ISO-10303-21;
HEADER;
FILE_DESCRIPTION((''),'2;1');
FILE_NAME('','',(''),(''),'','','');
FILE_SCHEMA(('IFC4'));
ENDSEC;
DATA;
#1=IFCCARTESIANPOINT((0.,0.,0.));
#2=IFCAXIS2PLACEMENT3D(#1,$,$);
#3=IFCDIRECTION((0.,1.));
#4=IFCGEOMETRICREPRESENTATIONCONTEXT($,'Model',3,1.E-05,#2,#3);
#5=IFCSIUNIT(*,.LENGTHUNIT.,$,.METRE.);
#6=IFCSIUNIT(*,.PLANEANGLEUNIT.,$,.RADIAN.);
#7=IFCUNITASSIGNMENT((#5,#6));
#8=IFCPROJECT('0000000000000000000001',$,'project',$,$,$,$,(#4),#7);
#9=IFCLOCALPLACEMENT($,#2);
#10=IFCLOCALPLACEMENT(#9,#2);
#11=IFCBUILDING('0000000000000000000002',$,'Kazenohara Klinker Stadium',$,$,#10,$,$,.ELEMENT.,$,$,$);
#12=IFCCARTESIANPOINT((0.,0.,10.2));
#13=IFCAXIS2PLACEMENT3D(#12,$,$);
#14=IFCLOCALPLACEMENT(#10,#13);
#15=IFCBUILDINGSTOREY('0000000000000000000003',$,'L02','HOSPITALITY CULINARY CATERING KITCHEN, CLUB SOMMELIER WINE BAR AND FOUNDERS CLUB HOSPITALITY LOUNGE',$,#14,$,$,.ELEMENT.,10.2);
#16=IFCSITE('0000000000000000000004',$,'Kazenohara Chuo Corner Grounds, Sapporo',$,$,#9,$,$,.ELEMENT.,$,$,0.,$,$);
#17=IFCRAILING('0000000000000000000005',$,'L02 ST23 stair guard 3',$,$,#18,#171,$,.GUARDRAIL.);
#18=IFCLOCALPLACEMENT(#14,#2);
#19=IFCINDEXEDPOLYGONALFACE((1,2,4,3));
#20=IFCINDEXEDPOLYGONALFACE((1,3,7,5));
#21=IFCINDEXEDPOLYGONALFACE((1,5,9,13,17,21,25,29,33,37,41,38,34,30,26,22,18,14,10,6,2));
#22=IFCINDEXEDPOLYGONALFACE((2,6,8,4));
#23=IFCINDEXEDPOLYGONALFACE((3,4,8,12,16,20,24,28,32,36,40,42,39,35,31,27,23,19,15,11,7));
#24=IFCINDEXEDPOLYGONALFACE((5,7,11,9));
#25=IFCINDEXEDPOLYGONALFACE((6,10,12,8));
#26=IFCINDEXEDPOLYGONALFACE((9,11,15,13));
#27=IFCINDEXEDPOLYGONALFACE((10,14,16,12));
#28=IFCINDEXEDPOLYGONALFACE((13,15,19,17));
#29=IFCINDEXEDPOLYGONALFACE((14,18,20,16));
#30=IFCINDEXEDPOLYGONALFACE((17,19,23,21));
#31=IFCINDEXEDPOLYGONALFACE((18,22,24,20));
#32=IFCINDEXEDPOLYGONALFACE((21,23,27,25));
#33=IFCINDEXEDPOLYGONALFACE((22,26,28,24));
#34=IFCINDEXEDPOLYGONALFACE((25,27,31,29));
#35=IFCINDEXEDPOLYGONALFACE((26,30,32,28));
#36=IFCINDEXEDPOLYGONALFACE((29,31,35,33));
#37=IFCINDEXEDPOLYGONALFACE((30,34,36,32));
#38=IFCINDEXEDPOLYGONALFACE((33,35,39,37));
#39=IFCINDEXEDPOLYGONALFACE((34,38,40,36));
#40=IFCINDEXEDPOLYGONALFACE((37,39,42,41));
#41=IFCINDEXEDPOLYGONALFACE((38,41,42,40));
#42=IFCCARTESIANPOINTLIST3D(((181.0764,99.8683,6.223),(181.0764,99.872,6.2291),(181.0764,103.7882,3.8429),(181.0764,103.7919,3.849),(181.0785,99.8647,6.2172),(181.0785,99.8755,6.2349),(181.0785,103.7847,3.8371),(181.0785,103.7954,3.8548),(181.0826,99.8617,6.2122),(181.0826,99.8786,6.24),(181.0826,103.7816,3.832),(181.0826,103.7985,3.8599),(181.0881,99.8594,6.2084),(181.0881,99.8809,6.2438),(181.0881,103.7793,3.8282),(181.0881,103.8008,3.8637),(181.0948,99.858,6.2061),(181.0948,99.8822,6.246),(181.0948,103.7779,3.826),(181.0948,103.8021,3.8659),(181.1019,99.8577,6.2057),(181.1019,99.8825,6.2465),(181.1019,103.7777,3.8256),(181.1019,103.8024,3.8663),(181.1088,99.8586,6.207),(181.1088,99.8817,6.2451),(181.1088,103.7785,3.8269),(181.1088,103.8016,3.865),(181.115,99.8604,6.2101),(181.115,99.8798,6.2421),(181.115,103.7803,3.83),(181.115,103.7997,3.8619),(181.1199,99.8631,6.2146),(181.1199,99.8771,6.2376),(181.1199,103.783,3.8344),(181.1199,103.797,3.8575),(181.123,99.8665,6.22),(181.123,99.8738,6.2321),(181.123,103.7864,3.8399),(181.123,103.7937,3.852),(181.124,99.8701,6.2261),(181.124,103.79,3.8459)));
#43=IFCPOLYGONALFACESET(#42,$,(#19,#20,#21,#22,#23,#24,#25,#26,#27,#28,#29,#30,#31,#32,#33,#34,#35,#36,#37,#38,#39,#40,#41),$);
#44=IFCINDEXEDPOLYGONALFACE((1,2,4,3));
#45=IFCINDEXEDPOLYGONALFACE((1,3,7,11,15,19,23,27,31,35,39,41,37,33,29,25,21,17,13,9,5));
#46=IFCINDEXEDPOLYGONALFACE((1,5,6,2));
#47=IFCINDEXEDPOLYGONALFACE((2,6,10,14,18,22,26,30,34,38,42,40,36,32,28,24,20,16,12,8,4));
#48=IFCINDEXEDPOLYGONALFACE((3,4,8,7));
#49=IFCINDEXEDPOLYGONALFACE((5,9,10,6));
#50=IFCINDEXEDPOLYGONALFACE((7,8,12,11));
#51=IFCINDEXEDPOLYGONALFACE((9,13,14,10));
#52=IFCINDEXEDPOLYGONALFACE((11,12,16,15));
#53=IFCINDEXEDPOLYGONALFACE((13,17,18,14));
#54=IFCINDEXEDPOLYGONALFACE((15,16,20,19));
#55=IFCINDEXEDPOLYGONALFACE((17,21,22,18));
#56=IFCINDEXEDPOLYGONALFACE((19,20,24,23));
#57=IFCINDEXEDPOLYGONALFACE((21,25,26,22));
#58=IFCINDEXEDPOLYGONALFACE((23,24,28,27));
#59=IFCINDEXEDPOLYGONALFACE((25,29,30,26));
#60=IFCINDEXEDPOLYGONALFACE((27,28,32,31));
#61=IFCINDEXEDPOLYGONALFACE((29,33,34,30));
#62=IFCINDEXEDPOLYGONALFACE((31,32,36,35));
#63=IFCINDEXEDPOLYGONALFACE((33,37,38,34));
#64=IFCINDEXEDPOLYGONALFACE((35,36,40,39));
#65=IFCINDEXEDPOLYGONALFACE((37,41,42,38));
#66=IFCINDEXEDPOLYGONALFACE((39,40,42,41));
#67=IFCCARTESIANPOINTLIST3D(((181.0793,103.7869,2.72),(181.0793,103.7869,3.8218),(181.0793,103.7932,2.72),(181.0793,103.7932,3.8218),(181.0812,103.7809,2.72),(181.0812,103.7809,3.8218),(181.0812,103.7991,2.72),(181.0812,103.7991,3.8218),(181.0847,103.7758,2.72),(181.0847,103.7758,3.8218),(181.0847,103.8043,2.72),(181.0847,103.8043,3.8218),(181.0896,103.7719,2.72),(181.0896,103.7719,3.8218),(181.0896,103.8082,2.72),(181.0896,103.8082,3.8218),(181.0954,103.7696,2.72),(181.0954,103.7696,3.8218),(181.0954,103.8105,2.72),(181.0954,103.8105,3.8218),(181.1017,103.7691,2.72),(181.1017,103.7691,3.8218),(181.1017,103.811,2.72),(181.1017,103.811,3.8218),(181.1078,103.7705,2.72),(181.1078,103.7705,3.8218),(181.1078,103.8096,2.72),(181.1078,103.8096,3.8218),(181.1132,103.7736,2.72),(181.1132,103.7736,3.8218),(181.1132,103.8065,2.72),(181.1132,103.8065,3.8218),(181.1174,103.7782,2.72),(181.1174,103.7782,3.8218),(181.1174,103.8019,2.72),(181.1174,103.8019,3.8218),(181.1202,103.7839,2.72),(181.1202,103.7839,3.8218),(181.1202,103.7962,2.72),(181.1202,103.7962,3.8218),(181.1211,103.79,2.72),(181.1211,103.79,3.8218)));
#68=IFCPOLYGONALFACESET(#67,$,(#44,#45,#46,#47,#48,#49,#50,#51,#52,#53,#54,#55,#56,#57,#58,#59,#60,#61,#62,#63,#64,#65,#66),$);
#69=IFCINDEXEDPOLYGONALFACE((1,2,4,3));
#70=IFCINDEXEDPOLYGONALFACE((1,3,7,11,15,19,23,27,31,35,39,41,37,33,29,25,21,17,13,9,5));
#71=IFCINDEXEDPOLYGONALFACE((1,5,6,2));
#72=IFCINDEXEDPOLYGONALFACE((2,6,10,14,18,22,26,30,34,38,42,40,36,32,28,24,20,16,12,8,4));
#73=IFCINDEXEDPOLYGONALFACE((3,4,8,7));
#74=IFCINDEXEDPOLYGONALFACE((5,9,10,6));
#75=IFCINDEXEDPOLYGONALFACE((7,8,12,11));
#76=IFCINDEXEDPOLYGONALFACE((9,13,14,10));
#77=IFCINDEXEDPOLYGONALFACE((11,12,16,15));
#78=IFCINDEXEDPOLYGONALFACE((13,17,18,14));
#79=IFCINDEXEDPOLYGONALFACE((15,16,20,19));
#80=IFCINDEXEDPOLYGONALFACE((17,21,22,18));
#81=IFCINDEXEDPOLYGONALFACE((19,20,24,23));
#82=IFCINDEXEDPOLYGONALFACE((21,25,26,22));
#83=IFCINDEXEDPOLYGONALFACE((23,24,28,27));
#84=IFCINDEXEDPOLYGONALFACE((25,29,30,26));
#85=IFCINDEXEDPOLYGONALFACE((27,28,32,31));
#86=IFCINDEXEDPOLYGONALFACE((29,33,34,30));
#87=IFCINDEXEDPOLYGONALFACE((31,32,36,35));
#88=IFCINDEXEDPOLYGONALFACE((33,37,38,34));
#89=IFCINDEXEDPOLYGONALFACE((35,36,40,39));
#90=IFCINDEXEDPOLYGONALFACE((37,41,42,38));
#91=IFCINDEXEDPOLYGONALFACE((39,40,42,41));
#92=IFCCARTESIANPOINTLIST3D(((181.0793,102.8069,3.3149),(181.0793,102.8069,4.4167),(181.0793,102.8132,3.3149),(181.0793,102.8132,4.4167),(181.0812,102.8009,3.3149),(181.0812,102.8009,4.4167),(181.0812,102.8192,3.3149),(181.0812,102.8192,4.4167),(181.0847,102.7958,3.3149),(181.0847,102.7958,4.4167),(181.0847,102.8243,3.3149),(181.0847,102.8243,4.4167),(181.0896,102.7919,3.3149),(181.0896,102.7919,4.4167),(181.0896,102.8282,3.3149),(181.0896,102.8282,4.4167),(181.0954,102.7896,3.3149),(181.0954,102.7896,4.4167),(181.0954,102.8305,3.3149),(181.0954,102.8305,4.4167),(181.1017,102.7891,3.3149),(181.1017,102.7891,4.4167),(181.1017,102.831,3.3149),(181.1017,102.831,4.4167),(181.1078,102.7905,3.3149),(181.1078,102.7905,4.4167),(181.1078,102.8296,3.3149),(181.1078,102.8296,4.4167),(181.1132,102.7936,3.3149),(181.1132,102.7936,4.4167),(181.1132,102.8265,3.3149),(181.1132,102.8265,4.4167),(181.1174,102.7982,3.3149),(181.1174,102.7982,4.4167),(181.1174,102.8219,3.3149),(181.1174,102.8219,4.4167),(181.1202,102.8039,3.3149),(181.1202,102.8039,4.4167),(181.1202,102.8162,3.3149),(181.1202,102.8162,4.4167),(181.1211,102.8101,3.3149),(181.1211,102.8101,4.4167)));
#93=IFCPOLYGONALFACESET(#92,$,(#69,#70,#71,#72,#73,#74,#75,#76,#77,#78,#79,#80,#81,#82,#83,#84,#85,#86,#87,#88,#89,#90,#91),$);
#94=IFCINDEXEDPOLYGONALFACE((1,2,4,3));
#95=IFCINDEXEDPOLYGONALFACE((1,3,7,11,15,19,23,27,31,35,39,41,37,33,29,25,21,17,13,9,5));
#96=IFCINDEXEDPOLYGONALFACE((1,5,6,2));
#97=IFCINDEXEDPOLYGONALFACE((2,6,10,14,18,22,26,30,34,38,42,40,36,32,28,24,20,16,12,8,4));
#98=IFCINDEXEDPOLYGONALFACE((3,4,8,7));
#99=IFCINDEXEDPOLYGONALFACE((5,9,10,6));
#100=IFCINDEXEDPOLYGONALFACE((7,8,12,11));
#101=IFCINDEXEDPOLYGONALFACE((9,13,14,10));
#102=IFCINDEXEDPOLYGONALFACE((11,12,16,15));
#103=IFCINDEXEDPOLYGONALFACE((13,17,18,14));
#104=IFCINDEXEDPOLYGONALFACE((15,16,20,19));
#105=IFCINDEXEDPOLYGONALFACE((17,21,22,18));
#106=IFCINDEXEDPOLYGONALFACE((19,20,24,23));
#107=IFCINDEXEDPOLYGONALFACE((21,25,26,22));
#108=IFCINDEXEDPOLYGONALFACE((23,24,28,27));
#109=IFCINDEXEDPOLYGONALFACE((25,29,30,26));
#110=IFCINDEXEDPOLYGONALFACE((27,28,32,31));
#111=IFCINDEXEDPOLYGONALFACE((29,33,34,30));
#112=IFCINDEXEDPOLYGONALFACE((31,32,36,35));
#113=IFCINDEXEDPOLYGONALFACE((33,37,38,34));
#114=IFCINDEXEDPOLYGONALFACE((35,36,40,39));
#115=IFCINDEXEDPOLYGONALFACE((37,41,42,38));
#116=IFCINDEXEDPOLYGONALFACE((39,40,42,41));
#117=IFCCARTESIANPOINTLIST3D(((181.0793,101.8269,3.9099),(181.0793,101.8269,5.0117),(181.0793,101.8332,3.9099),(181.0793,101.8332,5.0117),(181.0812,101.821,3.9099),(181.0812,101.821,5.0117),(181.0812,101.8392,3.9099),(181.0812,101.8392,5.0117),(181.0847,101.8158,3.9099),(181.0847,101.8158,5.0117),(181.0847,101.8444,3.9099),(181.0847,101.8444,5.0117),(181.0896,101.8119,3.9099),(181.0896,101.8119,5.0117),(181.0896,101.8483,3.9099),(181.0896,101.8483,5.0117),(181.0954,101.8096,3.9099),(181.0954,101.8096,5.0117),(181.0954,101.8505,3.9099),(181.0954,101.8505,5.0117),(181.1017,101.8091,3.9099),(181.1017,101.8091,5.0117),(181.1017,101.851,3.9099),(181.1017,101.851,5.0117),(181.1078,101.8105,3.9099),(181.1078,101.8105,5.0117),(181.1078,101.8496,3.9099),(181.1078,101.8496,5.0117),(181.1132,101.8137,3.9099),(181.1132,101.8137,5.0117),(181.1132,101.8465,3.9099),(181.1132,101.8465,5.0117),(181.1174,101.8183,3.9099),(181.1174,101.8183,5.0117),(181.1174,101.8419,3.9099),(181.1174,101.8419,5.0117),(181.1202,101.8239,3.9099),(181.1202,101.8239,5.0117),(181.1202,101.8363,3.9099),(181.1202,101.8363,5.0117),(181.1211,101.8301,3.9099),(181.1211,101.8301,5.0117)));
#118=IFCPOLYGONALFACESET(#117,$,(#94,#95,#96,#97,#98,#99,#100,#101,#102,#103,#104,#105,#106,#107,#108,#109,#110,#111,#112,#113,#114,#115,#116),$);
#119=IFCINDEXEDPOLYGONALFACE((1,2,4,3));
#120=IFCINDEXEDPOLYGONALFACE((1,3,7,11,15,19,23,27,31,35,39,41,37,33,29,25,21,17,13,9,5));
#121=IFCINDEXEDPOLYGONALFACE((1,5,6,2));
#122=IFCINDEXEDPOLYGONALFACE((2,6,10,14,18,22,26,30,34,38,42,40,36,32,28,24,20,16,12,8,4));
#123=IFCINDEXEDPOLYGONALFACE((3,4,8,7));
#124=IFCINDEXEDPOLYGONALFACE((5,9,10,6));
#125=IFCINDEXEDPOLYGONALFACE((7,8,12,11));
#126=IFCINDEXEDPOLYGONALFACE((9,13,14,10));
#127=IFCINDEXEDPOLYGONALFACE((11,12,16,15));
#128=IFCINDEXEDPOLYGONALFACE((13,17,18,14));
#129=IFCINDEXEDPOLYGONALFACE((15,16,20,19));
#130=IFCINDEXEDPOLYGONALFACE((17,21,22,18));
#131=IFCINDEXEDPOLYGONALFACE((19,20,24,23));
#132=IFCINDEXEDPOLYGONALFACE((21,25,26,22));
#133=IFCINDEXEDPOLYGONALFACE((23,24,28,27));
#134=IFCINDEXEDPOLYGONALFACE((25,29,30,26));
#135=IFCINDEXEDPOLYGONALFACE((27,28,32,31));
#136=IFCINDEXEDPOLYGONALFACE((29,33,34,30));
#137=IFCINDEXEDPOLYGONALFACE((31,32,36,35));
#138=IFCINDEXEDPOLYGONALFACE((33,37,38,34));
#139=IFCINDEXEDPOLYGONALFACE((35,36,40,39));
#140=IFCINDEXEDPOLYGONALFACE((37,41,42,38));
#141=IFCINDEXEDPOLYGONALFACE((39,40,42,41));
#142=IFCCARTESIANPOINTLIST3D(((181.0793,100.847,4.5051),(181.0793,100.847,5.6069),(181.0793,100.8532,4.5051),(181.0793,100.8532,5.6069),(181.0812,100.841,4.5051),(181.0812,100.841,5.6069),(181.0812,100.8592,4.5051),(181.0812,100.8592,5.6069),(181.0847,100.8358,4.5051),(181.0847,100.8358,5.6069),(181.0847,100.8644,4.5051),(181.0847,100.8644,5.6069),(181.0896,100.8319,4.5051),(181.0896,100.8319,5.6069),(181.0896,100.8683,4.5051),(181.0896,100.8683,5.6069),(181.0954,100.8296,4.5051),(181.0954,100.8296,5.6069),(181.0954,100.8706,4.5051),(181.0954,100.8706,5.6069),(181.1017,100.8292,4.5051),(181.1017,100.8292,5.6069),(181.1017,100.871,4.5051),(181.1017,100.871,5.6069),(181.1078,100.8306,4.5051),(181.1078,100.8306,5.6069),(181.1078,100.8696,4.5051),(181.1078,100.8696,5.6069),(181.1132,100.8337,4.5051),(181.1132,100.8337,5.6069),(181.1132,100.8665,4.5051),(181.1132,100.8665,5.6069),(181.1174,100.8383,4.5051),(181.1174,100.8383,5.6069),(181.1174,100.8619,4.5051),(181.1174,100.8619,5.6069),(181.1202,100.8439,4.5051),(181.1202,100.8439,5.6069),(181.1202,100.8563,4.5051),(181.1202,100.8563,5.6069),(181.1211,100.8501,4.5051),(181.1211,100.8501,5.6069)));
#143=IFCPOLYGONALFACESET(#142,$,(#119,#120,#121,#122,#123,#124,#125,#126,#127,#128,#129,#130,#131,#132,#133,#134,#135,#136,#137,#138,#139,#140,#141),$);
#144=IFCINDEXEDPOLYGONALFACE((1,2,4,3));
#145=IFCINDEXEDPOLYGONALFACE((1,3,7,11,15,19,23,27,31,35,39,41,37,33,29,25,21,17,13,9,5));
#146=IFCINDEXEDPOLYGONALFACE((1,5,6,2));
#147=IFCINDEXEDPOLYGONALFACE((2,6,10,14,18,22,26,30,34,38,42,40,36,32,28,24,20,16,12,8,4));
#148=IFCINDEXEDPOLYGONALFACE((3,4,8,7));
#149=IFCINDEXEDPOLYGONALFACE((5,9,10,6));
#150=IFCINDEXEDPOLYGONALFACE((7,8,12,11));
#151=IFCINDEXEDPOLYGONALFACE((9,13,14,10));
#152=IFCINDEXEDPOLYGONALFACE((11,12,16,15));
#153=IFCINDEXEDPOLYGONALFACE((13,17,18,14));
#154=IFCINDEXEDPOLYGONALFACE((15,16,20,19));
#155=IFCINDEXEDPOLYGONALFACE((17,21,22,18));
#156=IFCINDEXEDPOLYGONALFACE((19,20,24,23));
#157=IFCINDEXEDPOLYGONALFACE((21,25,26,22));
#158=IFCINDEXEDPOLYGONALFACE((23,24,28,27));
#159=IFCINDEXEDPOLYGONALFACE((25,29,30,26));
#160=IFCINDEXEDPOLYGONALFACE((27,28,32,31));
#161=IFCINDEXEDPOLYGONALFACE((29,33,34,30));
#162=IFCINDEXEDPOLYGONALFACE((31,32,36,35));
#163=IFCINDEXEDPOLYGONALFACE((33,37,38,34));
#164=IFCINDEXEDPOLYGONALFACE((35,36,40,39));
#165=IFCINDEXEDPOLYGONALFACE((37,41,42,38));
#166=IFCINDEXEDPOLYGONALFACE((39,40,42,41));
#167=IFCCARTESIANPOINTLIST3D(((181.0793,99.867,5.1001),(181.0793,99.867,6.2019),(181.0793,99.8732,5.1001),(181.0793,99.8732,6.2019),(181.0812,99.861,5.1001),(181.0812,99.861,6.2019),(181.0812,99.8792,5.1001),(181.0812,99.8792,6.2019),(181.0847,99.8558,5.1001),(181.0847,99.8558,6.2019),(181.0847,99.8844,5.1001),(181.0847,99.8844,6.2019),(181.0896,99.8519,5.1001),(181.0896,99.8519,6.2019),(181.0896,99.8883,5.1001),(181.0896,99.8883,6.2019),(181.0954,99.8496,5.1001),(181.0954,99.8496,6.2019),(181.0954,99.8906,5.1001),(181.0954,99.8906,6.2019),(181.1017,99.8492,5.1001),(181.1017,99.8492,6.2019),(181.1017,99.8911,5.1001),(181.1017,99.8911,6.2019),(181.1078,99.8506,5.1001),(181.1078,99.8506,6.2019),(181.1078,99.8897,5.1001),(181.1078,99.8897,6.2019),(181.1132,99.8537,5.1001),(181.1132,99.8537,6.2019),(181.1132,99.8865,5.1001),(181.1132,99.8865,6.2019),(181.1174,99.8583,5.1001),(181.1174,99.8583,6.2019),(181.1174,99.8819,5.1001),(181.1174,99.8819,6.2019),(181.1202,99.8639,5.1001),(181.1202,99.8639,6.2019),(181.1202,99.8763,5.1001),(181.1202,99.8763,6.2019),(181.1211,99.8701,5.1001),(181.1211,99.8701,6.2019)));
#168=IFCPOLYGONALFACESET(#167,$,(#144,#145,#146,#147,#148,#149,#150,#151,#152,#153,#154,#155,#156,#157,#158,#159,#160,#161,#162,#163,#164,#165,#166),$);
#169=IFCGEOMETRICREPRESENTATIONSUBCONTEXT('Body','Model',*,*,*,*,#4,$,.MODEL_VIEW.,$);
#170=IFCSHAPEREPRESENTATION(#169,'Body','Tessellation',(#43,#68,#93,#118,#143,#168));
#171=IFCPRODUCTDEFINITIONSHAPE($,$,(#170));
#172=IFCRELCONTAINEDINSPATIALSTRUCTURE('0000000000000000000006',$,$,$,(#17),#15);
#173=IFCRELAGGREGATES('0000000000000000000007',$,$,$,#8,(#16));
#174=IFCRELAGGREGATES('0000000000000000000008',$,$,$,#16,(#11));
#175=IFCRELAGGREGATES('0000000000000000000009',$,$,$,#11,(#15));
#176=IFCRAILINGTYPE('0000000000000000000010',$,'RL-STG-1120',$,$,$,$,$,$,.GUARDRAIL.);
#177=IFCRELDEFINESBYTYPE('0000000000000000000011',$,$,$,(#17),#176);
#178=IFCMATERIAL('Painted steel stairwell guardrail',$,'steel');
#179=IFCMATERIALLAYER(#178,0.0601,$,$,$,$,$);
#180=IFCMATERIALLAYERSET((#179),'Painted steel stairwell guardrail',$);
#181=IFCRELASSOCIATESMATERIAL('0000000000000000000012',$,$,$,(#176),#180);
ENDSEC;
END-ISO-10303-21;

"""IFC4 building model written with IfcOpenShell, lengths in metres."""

from ifc_helpers import new_model, si_unit, direction, frame, origin, origin_2d, place, context, subcontext, project, spatial, circle, extrude, material, layer, layer_set, type_object, element, save


model = new_model("IFC4")

# Units and contexts
model_context = context("Model", 3, precision=1e-05, world=origin(), true_north=direction((0.0, 1.0)))
body_context = subcontext(model_context, "Body", "Model", "MODEL_VIEW")
ifc_project = project(units=[si_unit("LENGTHUNIT", "METRE"), si_unit("PLANEANGLEUNIT", "RADIAN")], contexts=[model_context])

# Site, building, storey
site_placement = place(None, origin())
site = spatial("IfcSite", under=ifc_project, at=site_placement, Name="Kazenohara Chuo Corner Grounds, Sapporo", CompositionType="ELEMENT", RefElevation=0.0)
building_placement = place(site_placement, origin())
building = spatial("IfcBuilding", under=site, at=building_placement, Name="Kazenohara Klinker Stadium", CompositionType="ELEMENT")
storey_placement = place(building_placement, frame((0.0, 0.0, 10.2)))
storey = spatial("IfcBuildingStorey", under=building, at=storey_placement, Name="L02", Description="HOSPITALITY CULINARY CATERING KITCHEN, CLUB SOMMELIER WINE BAR AND FOUNDERS CLUB HOSPITALITY LOUNGE", CompositionType="ELEMENT", Elevation=10.2)

# Railing
ifc_material_1 = material(Name="Painted steel stairwell guardrail", Category="steel")
ifc_layer_1 = layer(ifc_material_1, 0.0601)
ifc_layer_set_1 = layer_set([ifc_layer_1], Name="Painted steel stairwell guardrail")
railing_type_1 = type_object("IfcRailingType", Name="RL-STG-1120", PredefinedType="GUARDRAIL", material=ifc_layer_set_1)
railing_1_placement = place(storey_placement, frame((181.1001, 103.79, 2.72)))
element("IfcRailing", 1, at=railing_1_placement, inside=storey, type_object=railing_type_1, Name="L02 ST23 stair guard 3", PredefinedType="GUARDRAIL", context=body_context, shape_type="SweptSolid", body=[
    extrude(circle(Radius=0.0239, at=origin_2d()), frame((0.0, 0.0, 1.126), z_axis=(0.0, -0.854771, 0.519006), x_axis=(1.0, 0.0, 0.0)), (0.0, 0.0, 1.0), 4.5859),
    extrude(circle(Radius=0.021, at=origin_2d()), origin(), (0.0, 0.0, 1.0), 1.1018),
    extrude(circle(Radius=0.021, at=origin_2d()), frame((0.0, -0.98, 0.595)), (0.0, 0.0, 1.0), 1.1018),
    extrude(circle(Radius=0.021, at=origin_2d()), frame((0.0, -1.96, 1.1899)), (0.0, 0.0, 1.0), 1.1018),
    extrude(circle(Radius=0.021, at=origin_2d()), frame((0.0, -2.9399, 1.7852)), (0.0, 0.0, 1.0), 1.1018),
    extrude(circle(Radius=0.021, at=origin_2d()), frame((0.0, -3.9199, 2.3801)), (0.0, 0.0, 1.0), 1.1018),
])

save(model, "model.ifc")
